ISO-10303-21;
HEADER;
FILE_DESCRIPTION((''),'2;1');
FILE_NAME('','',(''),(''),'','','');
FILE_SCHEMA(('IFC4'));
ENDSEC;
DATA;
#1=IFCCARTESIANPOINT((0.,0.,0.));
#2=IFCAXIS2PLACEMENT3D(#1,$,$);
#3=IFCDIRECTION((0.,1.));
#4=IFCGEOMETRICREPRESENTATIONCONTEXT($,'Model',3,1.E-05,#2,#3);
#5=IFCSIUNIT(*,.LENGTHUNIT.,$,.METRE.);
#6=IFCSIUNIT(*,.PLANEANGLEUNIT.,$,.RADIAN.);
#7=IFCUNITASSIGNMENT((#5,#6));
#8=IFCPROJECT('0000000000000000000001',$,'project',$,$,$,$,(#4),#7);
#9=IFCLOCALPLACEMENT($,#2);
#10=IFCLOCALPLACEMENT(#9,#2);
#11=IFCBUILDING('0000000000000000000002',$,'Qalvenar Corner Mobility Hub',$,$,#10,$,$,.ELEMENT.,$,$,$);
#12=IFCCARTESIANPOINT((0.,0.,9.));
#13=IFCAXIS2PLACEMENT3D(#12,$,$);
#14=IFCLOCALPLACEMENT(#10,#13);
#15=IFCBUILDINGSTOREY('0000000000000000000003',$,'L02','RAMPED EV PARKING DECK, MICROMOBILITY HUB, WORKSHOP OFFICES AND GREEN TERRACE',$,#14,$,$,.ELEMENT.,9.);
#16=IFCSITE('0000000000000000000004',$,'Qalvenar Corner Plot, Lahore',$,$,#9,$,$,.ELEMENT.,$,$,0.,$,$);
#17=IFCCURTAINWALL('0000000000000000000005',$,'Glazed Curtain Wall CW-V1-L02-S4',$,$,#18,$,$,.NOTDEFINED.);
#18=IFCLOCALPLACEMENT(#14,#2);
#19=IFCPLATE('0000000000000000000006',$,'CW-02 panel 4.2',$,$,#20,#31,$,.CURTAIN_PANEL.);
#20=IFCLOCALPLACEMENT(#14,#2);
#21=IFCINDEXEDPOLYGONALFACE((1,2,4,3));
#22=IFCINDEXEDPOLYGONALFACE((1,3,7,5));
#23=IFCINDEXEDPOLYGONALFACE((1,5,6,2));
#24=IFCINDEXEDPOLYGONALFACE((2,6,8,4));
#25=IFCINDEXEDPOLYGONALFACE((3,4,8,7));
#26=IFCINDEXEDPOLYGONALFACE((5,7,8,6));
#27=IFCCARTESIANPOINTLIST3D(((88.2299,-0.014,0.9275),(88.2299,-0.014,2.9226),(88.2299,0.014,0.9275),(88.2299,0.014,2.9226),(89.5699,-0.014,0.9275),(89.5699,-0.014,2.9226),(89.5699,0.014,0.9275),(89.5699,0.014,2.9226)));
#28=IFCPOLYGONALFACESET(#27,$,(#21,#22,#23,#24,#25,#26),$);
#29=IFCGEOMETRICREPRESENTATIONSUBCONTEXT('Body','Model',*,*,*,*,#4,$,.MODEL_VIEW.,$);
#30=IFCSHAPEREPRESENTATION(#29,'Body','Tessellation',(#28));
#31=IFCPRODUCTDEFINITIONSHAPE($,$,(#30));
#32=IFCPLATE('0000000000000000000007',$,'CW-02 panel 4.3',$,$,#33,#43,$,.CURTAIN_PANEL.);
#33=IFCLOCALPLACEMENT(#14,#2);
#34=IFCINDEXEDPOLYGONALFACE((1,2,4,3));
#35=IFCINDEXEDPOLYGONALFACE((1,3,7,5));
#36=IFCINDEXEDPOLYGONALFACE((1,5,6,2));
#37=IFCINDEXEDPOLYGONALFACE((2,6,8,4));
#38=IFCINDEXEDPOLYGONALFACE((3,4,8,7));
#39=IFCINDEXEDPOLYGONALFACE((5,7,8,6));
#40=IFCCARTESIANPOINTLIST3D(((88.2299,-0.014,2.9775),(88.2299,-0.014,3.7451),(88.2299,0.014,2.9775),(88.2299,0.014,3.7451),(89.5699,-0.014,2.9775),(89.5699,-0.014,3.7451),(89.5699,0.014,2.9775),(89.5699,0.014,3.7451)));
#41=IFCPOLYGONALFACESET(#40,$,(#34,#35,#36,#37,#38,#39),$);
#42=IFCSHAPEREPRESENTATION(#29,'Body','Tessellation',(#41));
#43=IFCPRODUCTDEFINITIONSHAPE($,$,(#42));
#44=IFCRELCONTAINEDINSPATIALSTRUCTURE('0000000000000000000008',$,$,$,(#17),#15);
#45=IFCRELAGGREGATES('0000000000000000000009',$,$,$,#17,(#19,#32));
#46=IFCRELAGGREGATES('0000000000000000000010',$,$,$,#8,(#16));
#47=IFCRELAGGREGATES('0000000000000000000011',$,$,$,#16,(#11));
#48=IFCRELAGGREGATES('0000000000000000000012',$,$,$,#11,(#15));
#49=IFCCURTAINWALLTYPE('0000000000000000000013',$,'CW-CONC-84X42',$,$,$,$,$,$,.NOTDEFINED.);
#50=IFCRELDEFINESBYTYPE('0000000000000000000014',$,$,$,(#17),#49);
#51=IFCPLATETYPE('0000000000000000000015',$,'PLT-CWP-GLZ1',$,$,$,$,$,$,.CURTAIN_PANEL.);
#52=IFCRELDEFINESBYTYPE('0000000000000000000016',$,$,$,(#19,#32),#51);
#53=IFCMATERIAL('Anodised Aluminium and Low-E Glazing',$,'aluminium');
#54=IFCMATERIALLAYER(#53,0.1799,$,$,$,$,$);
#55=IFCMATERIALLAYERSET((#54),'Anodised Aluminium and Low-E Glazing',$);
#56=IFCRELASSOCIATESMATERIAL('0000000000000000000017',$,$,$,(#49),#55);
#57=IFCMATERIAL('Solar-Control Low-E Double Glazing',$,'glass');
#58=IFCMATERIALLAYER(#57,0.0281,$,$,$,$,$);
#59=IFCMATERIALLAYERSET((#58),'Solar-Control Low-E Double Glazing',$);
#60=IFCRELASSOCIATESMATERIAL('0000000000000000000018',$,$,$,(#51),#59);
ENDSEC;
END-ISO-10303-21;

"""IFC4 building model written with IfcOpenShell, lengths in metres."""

from ifc_helpers import new_model, si_unit, direction, frame, origin, origin_2d, place, context, subcontext, project, spatial, rectangle, extrude, material, layer, layer_set, type_object, element, aggregate, save


model = new_model("IFC4")

# Units and contexts
model_context = context("Model", 3, precision=1e-05, world=origin(), true_north=direction((0.0, 1.0)))
body_context = subcontext(model_context, "Body", "Model", "MODEL_VIEW")
ifc_project = project(units=[si_unit("LENGTHUNIT", "METRE"), si_unit("PLANEANGLEUNIT", "RADIAN")], contexts=[model_context])

# Site, building, storey
site_placement = place(None, origin())
site = spatial("IfcSite", under=ifc_project, at=site_placement, Name="Qalvenar Corner Plot, Lahore", CompositionType="ELEMENT", RefElevation=0.0)
building_placement = place(site_placement, origin())
building = spatial("IfcBuilding", under=site, at=building_placement, Name="Qalvenar Corner Mobility Hub", CompositionType="ELEMENT")
storey_placement = place(building_placement, frame((0.0, 0.0, 9.0)))
storey = spatial("IfcBuildingStorey", under=building, at=storey_placement, Name="L02", Description="RAMPED EV PARKING DECK, MICROMOBILITY HUB, WORKSHOP OFFICES AND GREEN TERRACE", CompositionType="ELEMENT", Elevation=9.0)

# Curtain wall, plates
ifc_material_1 = material(Name="Anodised Aluminium and Low-E Glazing", Category="aluminium")
ifc_layer_1 = layer(ifc_material_1, 0.1799)
ifc_layer_set_1 = layer_set([ifc_layer_1], Name="Anodised Aluminium and Low-E Glazing")
curtain_wall_type = type_object("IfcCurtainWallType", Name="CW-CONC-84X42", PredefinedType="NOTDEFINED", material=ifc_layer_set_1)
curtain_wall_placement = place(storey_placement, origin())
curtain_wall = element("IfcCurtainWall", 1, at=curtain_wall_placement, inside=storey, type_object=curtain_wall_type, Name="Glazed Curtain Wall CW-V1-L02-S4", PredefinedType="NOTDEFINED")
ifc_material_2 = material(Name="Solar-Control Low-E Double Glazing", Category="glass")
ifc_layer_2 = layer(ifc_material_2, 0.0281)
ifc_layer_set_2 = layer_set([ifc_layer_2], Name="Solar-Control Low-E Double Glazing")
plate_type = type_object("IfcPlateType", Name="PLT-CWP-GLZ1", PredefinedType="CURTAIN_PANEL", material=ifc_layer_set_2)
plate_1_placement = place(storey_placement, frame((88.8999, 0.0, 0.9275), z_axis=(0.0, 0.0, 1.0), x_axis=(1.0, 0.0, 0.0)))
plate_1 = element("IfcPlate", 2, at=plate_1_placement, type_object=plate_type, Name="CW-02 panel 4.2", PredefinedType="CURTAIN_PANEL", context=body_context, shape_type="SweptSolid", body=[
    extrude(rectangle(XDim=1.3401, YDim=0.0281, at=origin_2d()), origin(), (0.0, 0.0, 1.0), 1.9951),
])
plate_2_placement = place(storey_placement, frame((88.8999, 0.0, 2.9775), z_axis=(0.0, 0.0, 1.0), x_axis=(1.0, 0.0, 0.0)))
plate_2 = element("IfcPlate", 3, at=plate_2_placement, type_object=plate_type, Name="CW-02 panel 4.3", PredefinedType="CURTAIN_PANEL", context=body_context, shape_type="SweptSolid", body=[
    extrude(rectangle(XDim=1.3401, YDim=0.0281, at=origin_2d()), origin(), (0.0, 0.0, 1.0), 0.7676),
])
aggregate(curtain_wall, [plate_1, plate_2])

save(model, "model.ifc")
